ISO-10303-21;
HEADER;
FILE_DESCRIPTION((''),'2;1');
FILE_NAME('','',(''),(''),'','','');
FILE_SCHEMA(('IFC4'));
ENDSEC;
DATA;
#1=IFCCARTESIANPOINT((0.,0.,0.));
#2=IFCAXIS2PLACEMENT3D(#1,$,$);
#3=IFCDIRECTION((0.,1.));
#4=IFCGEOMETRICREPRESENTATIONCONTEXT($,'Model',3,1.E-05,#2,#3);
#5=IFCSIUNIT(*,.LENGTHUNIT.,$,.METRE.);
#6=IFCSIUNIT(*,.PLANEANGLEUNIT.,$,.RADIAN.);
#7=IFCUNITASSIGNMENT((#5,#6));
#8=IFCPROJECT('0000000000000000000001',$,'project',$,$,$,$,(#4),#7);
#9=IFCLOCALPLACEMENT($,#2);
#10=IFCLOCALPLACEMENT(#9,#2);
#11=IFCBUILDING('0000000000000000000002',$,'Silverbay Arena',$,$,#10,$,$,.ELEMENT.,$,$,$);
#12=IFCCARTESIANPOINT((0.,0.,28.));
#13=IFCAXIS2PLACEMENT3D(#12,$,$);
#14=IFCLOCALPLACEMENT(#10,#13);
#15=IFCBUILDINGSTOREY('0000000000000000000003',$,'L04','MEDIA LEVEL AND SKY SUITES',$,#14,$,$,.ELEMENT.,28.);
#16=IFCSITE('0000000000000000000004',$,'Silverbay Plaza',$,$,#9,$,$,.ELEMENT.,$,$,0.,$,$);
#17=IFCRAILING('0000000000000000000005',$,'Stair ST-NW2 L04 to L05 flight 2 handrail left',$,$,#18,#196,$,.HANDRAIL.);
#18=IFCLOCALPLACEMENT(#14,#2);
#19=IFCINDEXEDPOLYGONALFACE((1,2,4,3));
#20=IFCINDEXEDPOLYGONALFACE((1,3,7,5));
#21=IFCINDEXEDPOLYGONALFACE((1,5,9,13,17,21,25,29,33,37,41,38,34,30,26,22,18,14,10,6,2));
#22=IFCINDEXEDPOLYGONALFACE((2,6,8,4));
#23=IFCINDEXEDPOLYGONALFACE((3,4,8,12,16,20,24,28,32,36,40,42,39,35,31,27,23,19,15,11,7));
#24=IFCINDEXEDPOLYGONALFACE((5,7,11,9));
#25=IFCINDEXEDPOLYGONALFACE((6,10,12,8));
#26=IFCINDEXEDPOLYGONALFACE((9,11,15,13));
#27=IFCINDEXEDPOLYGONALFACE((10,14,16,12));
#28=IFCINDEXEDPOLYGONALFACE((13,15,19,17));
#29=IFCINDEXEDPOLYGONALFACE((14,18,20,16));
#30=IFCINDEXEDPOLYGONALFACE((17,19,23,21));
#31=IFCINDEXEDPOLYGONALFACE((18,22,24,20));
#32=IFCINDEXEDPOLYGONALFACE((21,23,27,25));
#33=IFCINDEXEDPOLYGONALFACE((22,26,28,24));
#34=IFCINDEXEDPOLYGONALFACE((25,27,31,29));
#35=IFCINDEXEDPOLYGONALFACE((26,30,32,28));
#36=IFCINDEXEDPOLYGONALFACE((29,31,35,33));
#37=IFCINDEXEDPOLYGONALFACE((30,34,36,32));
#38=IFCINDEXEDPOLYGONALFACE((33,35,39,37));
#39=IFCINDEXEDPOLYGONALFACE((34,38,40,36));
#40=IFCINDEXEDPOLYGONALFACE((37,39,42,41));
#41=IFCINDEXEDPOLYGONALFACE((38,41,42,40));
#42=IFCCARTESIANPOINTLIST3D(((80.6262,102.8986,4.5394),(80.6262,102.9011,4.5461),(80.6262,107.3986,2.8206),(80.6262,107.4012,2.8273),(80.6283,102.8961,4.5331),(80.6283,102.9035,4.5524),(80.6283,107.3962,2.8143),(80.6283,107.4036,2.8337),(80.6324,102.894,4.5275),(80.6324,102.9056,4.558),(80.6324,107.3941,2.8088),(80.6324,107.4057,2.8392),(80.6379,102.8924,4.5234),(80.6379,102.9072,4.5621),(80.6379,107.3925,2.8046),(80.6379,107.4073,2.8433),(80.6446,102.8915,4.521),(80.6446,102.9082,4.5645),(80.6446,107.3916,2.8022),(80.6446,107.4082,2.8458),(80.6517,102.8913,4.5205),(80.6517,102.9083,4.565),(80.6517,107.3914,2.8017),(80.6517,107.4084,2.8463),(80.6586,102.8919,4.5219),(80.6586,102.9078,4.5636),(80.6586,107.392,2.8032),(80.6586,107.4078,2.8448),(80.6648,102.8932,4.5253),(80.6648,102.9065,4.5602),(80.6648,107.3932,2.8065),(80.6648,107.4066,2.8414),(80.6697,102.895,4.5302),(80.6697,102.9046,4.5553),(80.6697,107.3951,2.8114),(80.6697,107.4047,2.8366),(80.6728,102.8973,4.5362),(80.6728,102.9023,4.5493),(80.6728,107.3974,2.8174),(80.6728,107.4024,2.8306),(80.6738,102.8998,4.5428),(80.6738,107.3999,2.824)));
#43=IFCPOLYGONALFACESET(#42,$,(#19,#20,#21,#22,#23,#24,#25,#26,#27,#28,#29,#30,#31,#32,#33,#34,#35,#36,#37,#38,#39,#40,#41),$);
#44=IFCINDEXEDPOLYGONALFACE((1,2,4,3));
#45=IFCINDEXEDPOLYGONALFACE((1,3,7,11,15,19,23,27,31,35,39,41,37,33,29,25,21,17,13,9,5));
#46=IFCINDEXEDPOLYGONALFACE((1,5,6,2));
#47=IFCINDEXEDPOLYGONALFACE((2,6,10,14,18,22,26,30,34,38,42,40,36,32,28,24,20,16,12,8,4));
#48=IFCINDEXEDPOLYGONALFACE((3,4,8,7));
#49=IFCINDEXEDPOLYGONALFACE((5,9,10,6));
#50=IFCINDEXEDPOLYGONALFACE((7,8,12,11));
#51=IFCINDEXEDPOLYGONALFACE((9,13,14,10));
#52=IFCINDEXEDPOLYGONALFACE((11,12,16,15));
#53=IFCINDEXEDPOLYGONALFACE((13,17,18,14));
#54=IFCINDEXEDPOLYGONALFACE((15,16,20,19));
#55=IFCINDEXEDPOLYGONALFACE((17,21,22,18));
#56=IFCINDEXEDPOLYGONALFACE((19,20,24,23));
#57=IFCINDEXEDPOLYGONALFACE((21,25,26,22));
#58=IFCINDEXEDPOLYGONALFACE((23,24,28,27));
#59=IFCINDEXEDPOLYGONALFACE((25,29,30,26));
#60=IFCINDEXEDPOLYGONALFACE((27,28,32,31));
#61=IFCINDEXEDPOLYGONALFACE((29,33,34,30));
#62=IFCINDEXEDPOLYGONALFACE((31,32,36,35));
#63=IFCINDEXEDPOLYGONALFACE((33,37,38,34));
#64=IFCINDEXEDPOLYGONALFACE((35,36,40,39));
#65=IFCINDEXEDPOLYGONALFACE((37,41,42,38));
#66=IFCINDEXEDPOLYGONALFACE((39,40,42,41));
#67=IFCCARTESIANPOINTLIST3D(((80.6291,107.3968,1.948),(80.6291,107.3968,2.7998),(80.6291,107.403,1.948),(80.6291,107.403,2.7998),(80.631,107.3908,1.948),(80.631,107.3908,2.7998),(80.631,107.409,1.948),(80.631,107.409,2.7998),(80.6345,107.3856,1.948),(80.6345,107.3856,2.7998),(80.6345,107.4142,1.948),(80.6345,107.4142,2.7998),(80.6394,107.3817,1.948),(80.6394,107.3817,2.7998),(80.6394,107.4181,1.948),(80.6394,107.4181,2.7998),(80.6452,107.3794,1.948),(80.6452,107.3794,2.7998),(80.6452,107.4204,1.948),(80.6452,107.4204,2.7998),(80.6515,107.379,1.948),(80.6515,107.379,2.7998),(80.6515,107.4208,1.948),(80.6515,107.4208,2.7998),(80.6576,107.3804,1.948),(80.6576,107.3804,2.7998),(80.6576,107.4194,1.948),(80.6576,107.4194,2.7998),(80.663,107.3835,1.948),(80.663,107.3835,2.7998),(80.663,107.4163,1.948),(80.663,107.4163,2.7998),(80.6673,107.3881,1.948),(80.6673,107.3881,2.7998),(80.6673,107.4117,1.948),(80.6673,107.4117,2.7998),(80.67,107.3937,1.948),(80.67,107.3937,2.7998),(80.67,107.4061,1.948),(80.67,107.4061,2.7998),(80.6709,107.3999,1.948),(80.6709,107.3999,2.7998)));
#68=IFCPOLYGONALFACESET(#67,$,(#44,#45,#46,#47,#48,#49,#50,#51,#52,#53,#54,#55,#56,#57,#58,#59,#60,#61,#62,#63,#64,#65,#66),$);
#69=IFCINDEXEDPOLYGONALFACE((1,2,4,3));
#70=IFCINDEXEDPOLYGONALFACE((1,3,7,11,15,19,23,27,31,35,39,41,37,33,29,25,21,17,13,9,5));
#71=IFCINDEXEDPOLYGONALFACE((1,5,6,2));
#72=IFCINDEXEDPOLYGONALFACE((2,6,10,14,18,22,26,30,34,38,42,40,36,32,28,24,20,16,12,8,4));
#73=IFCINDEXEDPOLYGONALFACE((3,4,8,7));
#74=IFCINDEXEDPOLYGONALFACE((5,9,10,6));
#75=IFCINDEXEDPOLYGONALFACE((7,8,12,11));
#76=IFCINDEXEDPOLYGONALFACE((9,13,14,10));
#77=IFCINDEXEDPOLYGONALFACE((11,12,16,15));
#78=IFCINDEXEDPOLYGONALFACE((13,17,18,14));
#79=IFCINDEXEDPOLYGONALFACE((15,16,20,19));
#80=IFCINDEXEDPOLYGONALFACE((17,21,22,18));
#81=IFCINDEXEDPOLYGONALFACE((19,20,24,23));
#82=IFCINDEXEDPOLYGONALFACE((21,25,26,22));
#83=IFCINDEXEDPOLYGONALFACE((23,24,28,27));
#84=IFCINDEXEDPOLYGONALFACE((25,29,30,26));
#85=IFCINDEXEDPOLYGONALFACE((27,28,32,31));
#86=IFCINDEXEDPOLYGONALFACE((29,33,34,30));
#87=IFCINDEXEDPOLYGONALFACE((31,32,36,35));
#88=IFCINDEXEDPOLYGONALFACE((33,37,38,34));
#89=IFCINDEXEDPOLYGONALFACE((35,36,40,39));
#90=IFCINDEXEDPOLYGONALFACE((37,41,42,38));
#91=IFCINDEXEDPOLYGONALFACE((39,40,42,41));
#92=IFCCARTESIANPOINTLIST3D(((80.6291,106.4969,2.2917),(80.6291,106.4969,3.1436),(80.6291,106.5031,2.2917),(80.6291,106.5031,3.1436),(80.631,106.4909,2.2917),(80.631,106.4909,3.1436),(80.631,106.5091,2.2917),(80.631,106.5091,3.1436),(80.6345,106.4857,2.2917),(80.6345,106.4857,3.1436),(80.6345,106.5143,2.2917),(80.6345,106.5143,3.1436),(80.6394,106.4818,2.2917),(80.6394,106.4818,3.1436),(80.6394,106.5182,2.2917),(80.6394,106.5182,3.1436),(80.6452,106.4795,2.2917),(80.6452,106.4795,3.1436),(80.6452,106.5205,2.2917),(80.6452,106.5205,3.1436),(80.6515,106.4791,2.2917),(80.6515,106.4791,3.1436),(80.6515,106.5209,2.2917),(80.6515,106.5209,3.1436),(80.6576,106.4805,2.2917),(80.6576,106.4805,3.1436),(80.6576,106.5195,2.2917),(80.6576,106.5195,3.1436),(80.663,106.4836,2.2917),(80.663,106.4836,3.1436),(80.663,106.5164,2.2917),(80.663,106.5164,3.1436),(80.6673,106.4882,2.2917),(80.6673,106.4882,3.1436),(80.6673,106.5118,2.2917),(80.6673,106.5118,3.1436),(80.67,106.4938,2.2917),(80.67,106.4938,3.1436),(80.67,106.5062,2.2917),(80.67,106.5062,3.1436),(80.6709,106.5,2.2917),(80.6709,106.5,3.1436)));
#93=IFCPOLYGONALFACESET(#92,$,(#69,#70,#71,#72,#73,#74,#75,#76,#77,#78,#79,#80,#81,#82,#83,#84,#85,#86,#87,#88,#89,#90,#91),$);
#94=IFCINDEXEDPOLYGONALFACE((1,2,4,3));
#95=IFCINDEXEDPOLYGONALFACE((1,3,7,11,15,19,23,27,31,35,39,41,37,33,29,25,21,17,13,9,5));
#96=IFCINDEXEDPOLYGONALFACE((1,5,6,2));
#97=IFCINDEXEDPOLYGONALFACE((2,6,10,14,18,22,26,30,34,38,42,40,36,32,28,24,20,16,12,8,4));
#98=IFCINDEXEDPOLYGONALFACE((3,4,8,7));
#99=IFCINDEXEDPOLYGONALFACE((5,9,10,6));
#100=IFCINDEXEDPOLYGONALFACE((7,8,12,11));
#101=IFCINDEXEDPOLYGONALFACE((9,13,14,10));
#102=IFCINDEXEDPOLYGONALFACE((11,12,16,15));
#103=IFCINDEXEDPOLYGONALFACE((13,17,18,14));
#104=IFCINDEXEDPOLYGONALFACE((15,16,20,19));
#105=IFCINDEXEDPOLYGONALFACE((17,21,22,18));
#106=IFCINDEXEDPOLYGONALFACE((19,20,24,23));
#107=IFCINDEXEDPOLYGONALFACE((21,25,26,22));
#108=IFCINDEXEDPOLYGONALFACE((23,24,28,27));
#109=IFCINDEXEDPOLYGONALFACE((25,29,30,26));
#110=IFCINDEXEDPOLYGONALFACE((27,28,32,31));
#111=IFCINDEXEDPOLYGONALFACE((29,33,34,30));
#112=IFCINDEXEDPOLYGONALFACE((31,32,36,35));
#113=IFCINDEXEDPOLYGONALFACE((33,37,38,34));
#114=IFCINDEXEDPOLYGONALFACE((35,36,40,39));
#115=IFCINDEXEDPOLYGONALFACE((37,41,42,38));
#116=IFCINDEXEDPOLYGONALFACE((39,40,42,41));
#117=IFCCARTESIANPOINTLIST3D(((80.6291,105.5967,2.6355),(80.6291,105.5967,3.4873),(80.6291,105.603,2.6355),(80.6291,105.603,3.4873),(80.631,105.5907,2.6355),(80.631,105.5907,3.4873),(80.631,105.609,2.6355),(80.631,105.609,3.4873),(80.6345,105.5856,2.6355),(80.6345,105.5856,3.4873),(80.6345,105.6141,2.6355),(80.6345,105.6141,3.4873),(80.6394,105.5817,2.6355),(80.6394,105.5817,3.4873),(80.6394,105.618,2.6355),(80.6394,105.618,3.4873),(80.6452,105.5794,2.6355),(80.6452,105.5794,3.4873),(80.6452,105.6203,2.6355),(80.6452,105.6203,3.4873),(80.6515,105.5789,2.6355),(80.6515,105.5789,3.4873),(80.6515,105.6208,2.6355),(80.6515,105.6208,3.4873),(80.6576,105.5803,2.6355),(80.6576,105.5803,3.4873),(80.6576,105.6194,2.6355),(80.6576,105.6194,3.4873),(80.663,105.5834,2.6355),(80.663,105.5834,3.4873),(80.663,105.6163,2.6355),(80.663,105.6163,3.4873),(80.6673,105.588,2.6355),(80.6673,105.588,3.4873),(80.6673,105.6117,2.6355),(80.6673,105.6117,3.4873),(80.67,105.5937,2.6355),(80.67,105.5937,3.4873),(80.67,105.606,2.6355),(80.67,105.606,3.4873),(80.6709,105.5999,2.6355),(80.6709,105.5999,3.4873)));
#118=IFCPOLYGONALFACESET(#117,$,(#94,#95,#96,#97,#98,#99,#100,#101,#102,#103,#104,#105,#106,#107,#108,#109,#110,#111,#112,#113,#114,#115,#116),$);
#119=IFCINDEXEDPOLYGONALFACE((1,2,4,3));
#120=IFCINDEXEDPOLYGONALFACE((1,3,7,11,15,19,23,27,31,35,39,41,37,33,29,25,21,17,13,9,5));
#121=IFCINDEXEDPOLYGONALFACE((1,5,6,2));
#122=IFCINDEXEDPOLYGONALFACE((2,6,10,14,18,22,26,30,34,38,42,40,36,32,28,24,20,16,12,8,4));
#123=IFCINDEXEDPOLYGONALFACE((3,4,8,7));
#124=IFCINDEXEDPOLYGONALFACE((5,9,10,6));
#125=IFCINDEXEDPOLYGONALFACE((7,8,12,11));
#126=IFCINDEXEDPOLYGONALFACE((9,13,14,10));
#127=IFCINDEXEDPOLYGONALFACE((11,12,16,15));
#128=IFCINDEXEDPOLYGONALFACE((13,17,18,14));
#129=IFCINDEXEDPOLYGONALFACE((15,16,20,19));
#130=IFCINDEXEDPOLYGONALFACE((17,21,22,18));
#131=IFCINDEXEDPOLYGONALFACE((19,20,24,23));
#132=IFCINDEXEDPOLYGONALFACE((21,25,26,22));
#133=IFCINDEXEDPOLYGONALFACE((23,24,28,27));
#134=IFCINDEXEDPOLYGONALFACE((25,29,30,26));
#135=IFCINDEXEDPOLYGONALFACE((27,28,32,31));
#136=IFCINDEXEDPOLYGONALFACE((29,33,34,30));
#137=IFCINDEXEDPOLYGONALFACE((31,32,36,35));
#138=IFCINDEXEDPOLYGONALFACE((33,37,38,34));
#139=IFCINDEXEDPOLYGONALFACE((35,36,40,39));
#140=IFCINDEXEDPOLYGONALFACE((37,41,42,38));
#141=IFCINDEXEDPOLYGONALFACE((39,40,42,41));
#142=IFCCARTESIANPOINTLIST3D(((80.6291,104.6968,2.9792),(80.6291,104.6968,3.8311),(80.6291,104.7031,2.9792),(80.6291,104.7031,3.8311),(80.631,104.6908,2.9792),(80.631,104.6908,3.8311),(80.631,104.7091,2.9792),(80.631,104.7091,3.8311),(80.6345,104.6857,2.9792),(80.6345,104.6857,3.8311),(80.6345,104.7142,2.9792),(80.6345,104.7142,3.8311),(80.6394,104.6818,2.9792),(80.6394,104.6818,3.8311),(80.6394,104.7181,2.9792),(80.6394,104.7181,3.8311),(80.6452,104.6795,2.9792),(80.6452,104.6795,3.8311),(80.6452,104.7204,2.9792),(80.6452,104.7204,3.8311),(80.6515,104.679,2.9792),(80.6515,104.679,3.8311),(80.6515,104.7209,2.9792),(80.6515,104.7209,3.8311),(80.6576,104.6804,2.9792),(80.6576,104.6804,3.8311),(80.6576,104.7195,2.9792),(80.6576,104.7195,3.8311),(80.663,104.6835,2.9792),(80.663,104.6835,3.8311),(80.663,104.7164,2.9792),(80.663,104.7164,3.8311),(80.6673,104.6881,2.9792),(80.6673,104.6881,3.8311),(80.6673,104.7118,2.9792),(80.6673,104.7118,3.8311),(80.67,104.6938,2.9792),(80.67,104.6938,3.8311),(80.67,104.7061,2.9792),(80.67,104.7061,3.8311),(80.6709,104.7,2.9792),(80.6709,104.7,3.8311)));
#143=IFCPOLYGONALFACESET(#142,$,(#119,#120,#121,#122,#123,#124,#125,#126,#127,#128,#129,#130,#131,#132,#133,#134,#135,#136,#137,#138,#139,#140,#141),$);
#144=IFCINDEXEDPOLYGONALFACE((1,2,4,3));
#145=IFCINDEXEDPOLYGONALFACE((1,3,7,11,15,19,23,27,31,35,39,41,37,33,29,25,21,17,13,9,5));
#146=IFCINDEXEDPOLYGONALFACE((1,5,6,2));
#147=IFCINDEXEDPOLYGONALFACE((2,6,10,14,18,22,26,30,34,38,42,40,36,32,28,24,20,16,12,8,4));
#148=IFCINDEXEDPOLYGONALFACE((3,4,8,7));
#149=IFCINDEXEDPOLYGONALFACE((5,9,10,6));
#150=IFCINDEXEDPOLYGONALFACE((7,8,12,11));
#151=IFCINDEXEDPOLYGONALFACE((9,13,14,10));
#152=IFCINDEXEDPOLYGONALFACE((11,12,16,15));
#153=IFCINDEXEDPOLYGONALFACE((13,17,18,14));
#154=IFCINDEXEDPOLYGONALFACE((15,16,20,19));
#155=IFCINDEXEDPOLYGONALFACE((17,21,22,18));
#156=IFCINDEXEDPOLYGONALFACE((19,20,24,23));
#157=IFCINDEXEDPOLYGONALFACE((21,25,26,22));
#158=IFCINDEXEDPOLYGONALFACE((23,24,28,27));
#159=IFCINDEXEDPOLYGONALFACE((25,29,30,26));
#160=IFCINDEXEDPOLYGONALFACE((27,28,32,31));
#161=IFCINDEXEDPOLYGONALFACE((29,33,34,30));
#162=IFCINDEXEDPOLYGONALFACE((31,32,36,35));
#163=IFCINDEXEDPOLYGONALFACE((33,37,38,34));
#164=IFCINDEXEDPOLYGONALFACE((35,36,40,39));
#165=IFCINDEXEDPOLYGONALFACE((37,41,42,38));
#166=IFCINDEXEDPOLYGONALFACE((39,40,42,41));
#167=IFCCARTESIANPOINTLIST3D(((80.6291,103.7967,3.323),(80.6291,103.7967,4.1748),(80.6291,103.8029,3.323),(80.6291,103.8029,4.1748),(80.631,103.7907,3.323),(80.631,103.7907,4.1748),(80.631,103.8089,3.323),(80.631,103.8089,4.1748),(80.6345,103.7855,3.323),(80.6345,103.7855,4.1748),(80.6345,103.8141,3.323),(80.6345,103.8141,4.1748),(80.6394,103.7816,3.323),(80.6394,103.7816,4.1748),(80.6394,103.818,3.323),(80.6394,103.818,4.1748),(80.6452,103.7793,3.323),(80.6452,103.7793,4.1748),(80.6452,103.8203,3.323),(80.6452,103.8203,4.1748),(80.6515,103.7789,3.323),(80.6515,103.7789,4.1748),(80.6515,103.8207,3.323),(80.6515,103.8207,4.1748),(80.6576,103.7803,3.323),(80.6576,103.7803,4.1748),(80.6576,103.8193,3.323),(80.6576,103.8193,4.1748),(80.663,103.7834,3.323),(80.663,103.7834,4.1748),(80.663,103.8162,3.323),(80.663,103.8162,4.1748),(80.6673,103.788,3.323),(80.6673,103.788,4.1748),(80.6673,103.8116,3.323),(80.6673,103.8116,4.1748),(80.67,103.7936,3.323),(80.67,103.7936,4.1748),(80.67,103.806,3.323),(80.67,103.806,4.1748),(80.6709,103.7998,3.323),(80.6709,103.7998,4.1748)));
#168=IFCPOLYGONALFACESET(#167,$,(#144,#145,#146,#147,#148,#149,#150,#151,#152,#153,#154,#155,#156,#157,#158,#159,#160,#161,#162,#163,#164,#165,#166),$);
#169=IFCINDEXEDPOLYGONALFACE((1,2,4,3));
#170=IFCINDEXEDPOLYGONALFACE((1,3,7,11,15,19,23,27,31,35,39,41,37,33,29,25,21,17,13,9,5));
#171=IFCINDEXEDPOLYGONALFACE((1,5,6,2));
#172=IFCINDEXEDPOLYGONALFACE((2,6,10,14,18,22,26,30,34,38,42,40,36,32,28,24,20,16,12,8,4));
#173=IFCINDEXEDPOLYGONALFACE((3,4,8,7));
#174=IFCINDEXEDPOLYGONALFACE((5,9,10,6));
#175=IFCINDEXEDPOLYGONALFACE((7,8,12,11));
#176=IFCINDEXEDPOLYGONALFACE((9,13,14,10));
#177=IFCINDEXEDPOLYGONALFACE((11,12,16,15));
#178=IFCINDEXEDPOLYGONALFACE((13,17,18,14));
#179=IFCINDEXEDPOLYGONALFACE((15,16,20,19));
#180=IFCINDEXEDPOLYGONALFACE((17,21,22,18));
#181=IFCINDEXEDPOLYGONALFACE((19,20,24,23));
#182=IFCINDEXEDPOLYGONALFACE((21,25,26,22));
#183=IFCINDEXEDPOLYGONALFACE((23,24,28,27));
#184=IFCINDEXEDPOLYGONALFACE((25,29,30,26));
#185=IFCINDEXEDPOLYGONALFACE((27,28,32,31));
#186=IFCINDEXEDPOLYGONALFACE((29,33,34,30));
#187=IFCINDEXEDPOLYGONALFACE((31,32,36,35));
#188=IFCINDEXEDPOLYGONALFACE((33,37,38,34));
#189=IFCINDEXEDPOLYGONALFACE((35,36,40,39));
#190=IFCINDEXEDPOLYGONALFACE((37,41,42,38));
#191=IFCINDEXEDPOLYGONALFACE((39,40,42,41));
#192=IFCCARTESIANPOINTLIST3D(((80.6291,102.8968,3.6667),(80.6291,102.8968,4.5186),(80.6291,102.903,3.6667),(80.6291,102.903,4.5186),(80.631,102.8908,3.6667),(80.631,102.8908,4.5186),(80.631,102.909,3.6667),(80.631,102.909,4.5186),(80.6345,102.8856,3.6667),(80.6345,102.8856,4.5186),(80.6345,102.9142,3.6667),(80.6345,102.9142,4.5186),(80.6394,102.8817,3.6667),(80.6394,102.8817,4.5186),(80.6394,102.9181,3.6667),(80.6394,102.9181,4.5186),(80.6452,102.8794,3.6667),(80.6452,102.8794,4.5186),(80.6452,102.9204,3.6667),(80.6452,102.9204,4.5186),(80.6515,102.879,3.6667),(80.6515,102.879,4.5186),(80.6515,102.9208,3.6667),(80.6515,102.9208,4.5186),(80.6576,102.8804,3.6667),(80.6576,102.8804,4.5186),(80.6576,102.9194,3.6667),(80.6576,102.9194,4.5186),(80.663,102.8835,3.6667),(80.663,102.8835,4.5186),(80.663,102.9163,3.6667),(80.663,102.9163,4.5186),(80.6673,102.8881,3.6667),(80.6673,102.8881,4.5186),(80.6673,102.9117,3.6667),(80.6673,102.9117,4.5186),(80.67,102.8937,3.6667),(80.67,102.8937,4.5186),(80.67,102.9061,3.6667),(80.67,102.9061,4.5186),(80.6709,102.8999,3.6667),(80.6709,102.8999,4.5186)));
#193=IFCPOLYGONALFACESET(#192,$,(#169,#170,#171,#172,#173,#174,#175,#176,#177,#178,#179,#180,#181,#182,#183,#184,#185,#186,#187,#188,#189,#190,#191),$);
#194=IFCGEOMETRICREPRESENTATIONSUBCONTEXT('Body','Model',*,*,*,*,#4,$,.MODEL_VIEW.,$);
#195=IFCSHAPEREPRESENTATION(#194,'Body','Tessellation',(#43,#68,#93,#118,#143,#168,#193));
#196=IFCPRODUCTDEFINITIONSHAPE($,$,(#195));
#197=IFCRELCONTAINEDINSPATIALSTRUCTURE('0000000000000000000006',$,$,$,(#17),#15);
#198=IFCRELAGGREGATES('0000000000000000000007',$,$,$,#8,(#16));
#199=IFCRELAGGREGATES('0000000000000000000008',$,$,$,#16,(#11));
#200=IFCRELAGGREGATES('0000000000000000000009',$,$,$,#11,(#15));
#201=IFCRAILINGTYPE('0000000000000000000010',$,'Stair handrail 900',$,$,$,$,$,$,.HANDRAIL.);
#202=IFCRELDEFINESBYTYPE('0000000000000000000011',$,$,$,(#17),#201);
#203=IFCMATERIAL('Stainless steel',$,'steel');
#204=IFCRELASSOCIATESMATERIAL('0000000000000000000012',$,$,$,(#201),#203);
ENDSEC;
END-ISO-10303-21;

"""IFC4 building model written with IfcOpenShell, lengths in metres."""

from ifc_helpers import new_model, si_unit, direction, frame, origin, origin_2d, place, context, subcontext, project, spatial, circle, extrude, material, type_object, element, save


model = new_model("IFC4")

# Units and contexts
model_context = context("Model", 3, precision=1e-05, world=origin(), true_north=direction((0.0, 1.0)))
body_context = subcontext(model_context, "Body", "Model", "MODEL_VIEW")
ifc_project = project(units=[si_unit("LENGTHUNIT", "METRE"), si_unit("PLANEANGLEUNIT", "RADIAN")], contexts=[model_context])

# Site, building, storey
site_placement = place(None, origin())
site = spatial("IfcSite", under=ifc_project, at=site_placement, Name="Silverbay Plaza", CompositionType="ELEMENT", RefElevation=0.0)
building_placement = place(site_placement, origin())
building = spatial("IfcBuilding", under=site, at=building_placement, Name="Silverbay Arena", CompositionType="ELEMENT")
storey_placement = place(building_placement, frame((0.0, 0.0, 28.0)))
storey = spatial("IfcBuildingStorey", under=building, at=storey_placement, Name="L04", Description="MEDIA LEVEL AND SKY SUITES", CompositionType="ELEMENT", Elevation=28.0)

# Railing
ifc_material_1 = material(Name="Stainless steel", Category="steel")
railing_type_1 = type_object("IfcRailingType", Name="Stair handrail 900", PredefinedType="HANDRAIL", material=ifc_material_1)
for number, where, name in (
    (1, (80.6499, 107.3999, 1.948), "Stair ST-NW2 L04 to L05 flight 2 handrail left"),
):
    element("IfcRailing", number, at=place(storey_placement, frame(where)), inside=storey, type_object=railing_type_1, Name=name, PredefinedType="HANDRAIL", context=body_context, shape_type="SweptSolid", body=[
        extrude(circle(Radius=0.0239, at=origin_2d()), frame((0.0, 0.0, 0.876), z_axis=(0.0, -0.934179, 0.356805), x_axis=(1.0, 0.0, 0.0)), (0.0, 0.0, 1.0), 4.8171),
        extrude(circle(Radius=0.021, at=origin_2d()), origin(), (0.0, 0.0, 1.0), 0.8518),
        extrude(circle(Radius=0.021, at=origin_2d()), frame((0.0, -0.8999, 0.3438)), (0.0, 0.0, 1.0), 0.8518),
        extrude(circle(Radius=0.021, at=origin_2d()), frame((0.0, -1.8, 0.6875)), (0.0, 0.0, 1.0), 0.8518),
        extrude(circle(Radius=0.021, at=origin_2d()), frame((0.0, -2.7, 1.0312)), (0.0, 0.0, 1.0), 0.8518),
        extrude(circle(Radius=0.021, at=origin_2d()), frame((0.0, -3.6001, 1.375)), (0.0, 0.0, 1.0), 0.8518),
        extrude(circle(Radius=0.021, at=origin_2d()), frame((0.0, -4.5, 1.7188)), (0.0, 0.0, 1.0), 0.8518),
    ])

save(model, "model.ifc")
